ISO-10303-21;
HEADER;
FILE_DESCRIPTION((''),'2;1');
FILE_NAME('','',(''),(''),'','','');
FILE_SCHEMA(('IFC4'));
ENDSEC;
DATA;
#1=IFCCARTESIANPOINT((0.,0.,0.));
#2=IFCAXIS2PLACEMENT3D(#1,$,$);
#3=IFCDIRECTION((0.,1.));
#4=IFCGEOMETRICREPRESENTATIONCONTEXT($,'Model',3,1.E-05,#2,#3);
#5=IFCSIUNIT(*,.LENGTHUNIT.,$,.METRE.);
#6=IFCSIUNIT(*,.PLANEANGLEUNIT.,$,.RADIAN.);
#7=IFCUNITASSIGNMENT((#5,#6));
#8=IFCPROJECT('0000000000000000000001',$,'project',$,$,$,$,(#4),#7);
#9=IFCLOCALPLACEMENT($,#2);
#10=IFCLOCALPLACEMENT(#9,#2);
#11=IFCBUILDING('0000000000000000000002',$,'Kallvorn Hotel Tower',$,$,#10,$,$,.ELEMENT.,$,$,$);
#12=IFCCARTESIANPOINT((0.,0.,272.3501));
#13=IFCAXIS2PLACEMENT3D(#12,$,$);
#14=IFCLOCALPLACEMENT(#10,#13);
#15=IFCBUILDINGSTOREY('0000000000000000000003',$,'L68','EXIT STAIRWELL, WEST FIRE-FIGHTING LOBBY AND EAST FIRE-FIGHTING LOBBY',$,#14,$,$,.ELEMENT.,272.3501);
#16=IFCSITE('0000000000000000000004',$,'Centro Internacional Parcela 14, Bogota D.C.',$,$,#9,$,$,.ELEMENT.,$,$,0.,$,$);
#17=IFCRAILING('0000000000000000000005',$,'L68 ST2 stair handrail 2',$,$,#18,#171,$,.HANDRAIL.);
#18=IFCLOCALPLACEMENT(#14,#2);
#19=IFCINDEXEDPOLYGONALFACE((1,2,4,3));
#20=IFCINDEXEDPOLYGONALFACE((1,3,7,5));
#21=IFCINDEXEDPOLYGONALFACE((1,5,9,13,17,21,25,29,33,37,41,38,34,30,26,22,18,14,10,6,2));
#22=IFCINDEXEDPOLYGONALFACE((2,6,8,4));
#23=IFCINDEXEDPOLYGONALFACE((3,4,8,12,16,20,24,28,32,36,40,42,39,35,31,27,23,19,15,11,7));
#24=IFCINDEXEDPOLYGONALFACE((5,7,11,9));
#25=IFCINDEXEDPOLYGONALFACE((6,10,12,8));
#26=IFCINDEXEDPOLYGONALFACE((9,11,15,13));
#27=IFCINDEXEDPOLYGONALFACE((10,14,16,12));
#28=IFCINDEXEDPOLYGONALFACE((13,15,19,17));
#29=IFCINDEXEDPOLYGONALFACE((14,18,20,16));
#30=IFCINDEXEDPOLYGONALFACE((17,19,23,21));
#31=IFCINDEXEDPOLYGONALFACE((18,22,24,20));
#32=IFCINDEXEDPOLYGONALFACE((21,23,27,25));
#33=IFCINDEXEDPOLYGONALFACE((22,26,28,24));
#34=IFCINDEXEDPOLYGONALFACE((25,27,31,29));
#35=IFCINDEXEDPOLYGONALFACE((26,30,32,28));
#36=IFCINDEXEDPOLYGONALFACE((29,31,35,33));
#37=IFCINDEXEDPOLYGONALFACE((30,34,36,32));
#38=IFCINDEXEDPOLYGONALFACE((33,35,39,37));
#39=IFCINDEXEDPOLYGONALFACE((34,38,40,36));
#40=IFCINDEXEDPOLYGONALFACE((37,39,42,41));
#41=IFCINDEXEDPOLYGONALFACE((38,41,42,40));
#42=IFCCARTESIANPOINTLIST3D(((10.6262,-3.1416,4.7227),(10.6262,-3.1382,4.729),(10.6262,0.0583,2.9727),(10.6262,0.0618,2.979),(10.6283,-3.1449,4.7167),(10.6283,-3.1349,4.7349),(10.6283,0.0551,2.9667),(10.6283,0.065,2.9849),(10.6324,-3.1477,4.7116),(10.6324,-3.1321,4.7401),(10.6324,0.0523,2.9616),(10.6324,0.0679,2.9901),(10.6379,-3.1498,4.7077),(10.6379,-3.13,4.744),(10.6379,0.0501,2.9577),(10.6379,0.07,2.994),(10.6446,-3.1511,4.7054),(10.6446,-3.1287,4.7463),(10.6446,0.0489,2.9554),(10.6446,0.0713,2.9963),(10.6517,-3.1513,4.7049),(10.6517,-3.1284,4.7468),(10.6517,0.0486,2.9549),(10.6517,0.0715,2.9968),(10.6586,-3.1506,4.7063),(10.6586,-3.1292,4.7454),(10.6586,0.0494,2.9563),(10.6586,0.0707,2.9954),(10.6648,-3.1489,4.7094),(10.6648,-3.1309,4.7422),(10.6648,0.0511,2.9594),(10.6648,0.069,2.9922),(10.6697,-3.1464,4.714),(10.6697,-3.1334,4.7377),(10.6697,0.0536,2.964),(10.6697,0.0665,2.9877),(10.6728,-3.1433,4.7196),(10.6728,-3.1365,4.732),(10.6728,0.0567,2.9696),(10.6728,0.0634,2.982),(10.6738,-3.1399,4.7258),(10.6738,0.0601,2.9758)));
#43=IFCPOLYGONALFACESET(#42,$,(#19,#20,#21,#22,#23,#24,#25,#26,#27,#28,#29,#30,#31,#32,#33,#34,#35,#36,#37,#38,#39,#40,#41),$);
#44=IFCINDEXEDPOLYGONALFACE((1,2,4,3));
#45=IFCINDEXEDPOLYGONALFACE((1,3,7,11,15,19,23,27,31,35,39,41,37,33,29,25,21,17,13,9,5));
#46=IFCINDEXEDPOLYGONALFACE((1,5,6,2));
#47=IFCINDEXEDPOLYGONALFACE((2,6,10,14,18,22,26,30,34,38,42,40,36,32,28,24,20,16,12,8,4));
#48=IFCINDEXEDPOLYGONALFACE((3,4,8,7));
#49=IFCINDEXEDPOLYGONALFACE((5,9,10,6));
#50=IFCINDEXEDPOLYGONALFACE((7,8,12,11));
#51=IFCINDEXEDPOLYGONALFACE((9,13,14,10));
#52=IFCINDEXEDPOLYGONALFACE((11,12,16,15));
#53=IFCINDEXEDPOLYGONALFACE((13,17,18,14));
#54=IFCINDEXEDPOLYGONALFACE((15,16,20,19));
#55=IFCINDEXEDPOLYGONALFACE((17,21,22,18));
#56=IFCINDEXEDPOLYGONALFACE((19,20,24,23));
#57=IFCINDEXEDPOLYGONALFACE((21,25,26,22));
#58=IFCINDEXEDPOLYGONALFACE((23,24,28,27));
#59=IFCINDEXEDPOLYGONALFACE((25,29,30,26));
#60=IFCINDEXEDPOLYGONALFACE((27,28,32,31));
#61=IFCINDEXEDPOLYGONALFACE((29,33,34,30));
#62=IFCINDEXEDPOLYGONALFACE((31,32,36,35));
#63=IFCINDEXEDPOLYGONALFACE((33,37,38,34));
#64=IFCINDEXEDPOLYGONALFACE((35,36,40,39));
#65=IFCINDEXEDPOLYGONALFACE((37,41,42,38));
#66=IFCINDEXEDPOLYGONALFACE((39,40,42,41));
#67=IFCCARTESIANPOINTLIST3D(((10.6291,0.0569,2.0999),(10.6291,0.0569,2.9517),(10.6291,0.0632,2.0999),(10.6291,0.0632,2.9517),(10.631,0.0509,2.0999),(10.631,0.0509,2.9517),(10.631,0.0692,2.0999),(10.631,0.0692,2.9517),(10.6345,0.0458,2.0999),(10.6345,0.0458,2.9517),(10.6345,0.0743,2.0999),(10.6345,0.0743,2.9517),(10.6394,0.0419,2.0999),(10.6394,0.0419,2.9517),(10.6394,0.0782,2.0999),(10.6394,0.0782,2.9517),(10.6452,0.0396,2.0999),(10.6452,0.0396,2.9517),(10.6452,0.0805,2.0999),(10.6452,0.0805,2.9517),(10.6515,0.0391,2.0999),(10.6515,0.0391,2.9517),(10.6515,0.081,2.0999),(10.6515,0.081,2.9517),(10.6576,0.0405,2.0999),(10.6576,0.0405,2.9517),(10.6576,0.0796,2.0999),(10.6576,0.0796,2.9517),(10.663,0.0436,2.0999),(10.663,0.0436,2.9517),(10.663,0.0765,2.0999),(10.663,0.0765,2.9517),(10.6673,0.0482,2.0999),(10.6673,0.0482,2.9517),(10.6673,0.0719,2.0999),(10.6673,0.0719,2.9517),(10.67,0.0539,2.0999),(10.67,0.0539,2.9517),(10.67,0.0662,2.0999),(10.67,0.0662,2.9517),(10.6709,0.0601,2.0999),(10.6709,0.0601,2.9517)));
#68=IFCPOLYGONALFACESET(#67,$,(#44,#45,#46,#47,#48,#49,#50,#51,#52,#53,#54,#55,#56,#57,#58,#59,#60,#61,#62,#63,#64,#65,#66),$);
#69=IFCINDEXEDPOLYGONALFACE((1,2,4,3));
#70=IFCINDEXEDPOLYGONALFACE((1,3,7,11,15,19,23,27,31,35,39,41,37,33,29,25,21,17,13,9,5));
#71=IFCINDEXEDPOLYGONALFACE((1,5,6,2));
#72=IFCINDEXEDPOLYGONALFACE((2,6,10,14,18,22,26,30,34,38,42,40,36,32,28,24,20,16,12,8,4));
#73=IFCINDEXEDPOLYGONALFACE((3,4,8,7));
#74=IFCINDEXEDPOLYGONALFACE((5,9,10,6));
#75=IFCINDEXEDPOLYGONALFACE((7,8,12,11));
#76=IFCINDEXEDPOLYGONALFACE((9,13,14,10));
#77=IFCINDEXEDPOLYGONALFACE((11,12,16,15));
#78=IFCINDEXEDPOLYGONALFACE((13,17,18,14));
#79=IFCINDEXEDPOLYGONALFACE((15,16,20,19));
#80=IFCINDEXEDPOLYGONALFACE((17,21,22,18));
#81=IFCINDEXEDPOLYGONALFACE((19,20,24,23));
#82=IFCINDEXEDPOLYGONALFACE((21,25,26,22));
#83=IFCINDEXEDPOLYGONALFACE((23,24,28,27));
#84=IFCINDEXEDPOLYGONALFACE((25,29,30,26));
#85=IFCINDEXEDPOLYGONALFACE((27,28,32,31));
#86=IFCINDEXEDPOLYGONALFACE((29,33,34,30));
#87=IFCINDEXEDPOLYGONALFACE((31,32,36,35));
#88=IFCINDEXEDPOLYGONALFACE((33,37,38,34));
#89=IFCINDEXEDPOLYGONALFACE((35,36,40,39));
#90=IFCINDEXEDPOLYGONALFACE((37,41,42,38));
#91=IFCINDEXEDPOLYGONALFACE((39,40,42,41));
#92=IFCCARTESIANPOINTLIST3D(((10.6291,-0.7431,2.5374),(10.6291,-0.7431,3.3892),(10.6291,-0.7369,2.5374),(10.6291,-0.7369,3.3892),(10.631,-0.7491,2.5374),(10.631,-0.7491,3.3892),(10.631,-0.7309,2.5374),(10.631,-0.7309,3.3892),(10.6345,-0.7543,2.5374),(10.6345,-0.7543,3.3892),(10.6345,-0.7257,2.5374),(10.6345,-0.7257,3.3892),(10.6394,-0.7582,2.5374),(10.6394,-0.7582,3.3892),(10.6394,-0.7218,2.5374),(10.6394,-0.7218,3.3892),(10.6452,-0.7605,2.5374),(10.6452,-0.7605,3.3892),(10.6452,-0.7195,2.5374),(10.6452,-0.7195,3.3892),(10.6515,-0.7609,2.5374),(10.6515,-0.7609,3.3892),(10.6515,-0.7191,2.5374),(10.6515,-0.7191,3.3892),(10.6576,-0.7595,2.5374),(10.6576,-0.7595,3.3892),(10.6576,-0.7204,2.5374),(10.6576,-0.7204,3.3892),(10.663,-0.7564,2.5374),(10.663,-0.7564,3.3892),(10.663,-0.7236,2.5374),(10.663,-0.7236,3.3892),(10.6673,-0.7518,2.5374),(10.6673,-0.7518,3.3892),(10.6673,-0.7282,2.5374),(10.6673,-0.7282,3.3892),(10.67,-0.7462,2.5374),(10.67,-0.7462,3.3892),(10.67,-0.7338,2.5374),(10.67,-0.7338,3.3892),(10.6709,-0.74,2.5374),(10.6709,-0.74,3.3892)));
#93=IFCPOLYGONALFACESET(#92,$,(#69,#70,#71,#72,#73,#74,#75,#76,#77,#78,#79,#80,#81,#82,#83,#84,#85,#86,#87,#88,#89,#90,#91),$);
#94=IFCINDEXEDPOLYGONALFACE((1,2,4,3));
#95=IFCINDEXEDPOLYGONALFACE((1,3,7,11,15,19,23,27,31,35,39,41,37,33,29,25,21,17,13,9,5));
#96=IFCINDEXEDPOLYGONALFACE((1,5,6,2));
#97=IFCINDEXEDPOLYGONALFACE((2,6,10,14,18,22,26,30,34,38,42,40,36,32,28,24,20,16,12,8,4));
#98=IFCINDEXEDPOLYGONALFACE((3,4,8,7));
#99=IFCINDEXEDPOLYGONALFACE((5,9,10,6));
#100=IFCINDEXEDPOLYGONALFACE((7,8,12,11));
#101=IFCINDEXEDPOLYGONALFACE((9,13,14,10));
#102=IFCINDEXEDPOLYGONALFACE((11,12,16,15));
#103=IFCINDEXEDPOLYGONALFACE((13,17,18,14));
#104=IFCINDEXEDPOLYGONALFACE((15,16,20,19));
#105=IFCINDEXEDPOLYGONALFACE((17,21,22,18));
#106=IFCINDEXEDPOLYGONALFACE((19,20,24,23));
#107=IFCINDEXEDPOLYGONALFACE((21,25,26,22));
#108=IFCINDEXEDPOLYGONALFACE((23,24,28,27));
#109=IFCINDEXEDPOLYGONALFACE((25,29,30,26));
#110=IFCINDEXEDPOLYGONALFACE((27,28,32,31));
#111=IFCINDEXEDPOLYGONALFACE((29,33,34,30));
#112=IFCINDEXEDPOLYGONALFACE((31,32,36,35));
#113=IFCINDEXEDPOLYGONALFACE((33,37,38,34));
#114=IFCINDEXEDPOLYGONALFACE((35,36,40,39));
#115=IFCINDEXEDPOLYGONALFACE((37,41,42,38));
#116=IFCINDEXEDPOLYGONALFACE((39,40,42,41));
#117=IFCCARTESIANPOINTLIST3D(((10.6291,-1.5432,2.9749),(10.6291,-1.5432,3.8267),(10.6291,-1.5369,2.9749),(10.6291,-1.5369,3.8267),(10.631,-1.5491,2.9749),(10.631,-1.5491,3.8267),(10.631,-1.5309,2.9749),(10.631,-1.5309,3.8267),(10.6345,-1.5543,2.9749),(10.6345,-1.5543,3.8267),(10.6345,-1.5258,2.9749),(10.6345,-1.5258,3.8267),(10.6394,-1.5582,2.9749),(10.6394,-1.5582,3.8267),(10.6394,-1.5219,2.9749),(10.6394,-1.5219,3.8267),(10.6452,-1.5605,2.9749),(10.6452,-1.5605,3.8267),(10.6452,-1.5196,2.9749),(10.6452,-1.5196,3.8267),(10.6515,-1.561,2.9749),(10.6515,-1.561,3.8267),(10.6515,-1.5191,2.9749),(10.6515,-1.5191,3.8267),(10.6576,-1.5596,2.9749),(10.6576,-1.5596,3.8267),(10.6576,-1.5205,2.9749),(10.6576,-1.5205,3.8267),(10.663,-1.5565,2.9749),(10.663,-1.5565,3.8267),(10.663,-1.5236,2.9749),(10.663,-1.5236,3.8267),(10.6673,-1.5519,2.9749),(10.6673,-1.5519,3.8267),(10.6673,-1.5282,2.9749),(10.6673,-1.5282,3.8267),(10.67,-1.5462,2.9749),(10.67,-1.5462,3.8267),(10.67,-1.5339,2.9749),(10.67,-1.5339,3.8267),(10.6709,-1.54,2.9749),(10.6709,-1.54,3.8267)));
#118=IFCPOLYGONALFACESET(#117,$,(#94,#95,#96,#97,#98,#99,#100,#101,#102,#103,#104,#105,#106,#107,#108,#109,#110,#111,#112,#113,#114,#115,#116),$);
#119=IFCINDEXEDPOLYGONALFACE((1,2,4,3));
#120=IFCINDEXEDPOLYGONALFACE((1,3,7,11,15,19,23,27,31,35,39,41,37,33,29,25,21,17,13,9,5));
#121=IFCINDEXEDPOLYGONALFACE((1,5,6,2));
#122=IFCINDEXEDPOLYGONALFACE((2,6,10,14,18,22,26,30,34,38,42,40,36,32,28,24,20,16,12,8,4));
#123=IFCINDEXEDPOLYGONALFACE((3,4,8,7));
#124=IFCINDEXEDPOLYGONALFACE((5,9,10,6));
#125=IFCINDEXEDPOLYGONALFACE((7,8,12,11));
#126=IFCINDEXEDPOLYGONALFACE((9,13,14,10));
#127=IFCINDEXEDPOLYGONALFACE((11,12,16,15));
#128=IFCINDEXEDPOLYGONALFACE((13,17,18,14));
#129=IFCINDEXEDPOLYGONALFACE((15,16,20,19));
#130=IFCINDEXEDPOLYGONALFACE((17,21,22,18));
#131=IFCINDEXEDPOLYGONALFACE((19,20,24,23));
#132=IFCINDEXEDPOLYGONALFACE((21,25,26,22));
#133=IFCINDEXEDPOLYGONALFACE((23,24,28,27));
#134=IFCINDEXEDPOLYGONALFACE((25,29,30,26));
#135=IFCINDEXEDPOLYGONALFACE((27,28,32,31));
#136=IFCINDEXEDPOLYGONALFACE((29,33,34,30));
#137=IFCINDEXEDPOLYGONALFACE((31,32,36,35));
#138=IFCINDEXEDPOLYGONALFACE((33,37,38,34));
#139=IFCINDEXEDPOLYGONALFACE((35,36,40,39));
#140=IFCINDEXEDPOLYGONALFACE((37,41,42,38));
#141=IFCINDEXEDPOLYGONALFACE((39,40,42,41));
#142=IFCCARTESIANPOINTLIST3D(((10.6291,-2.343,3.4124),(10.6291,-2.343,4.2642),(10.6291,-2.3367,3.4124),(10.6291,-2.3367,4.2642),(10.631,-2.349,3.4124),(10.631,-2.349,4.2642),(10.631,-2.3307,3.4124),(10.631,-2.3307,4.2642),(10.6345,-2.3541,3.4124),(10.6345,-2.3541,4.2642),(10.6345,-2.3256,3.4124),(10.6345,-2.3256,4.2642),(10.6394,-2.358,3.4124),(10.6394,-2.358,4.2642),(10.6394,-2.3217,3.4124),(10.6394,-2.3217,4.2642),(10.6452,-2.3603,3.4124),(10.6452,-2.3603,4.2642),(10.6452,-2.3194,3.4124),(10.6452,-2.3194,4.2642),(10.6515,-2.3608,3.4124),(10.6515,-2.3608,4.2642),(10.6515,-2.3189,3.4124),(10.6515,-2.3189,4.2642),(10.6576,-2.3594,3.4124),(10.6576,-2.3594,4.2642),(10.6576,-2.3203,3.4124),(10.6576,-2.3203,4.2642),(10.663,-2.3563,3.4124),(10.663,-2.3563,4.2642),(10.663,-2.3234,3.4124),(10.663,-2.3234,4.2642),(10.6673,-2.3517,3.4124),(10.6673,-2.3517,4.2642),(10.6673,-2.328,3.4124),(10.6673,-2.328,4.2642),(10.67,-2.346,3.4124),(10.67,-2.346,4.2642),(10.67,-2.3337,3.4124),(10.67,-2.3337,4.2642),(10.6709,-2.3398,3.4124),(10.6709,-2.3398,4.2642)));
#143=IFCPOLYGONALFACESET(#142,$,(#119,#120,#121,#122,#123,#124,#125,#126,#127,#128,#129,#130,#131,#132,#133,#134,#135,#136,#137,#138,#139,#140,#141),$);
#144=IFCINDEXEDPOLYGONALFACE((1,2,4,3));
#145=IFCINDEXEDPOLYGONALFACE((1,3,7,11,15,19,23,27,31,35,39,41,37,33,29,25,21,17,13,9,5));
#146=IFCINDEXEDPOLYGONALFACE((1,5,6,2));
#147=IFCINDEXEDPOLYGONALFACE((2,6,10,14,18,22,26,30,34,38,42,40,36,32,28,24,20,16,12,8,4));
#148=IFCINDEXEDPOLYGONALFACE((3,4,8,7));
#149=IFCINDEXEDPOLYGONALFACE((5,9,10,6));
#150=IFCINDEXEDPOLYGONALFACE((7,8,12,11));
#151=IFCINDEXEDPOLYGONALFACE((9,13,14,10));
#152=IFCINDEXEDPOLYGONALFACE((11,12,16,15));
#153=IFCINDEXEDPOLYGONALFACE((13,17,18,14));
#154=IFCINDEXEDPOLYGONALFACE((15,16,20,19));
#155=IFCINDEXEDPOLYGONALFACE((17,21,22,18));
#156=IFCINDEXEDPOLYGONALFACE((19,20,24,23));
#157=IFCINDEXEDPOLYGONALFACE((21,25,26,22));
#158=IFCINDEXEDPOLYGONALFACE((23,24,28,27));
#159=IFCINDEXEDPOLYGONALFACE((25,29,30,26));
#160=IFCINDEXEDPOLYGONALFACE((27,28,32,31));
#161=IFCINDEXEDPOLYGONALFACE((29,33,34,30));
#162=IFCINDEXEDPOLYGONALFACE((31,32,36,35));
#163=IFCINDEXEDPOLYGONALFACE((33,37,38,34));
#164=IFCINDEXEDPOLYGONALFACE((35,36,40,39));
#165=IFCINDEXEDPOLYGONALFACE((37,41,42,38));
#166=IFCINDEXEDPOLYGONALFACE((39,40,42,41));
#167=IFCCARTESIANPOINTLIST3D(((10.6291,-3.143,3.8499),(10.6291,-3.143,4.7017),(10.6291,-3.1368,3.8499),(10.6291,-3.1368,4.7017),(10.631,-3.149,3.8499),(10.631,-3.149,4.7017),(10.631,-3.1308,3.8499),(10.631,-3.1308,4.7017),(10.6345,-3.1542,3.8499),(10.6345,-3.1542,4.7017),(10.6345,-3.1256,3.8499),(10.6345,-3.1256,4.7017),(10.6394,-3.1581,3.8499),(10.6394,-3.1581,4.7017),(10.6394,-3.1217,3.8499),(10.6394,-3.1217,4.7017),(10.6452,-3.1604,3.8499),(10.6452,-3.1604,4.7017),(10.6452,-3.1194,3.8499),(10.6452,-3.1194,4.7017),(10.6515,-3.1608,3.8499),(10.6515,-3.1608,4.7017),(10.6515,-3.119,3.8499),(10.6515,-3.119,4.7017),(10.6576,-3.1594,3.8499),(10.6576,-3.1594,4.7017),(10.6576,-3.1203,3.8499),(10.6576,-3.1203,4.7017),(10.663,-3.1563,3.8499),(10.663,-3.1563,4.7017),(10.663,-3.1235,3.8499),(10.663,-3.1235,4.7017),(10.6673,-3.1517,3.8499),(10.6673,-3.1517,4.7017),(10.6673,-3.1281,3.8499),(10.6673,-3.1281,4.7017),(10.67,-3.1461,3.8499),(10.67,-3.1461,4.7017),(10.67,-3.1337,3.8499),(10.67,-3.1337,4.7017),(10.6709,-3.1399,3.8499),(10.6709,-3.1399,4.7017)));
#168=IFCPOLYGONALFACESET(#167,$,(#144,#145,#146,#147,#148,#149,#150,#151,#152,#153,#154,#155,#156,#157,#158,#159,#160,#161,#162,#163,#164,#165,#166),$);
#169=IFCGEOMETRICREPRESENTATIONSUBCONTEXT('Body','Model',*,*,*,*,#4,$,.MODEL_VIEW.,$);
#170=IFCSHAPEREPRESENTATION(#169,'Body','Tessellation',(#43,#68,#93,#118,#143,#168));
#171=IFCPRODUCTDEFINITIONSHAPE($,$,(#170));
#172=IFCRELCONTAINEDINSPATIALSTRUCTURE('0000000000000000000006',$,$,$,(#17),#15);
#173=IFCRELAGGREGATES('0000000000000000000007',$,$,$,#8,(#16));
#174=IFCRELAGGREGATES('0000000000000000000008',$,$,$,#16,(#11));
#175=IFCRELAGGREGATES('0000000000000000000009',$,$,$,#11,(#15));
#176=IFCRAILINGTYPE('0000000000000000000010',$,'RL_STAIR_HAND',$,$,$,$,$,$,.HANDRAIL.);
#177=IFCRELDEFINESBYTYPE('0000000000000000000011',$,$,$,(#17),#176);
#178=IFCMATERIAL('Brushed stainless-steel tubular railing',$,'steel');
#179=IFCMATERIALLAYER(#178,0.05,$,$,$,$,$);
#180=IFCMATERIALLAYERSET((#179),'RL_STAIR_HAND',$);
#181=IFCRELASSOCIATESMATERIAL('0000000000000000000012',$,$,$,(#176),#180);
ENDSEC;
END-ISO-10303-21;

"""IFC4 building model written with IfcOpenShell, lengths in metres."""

from ifc_helpers import new_model, si_unit, direction, frame, origin, origin_2d, place, context, subcontext, project, spatial, circle, extrude, material, layer, layer_set, type_object, element, save


model = new_model("IFC4")

# Units and contexts
model_context = context("Model", 3, precision=1e-05, world=origin(), true_north=direction((0.0, 1.0)))
body_context = subcontext(model_context, "Body", "Model", "MODEL_VIEW")
ifc_project = project(units=[si_unit("LENGTHUNIT", "METRE"), si_unit("PLANEANGLEUNIT", "RADIAN")], contexts=[model_context])

# Site, building, storey
site_placement = place(None, origin())
site = spatial("IfcSite", under=ifc_project, at=site_placement, Name="Centro Internacional Parcela 14, Bogota D.C.", CompositionType="ELEMENT", RefElevation=0.0)
building_placement = place(site_placement, origin())
building = spatial("IfcBuilding", under=site, at=building_placement, Name="Kallvorn Hotel Tower", CompositionType="ELEMENT")
storey_placement = place(building_placement, frame((0.0, 0.0, 272.3501)))
storey = spatial("IfcBuildingStorey", under=building, at=storey_placement, Name="L68", Description="EXIT STAIRWELL, WEST FIRE-FIGHTING LOBBY AND EAST FIRE-FIGHTING LOBBY", CompositionType="ELEMENT", Elevation=272.3501)

# Railing
ifc_material_1 = material(Name="Brushed stainless-steel tubular railing", Category="steel")
ifc_layer_1 = layer(ifc_material_1, 0.05)
ifc_layer_set_1 = layer_set([ifc_layer_1], Name="RL_STAIR_HAND")
railing_type_1 = type_object("IfcRailingType", Name="RL_STAIR_HAND", PredefinedType="HANDRAIL", material=ifc_layer_set_1)
railing_1_placement = place(storey_placement, frame((10.6499, 0.0601, 2.0999)))
element("IfcRailing", 1, at=railing_1_placement, inside=storey, type_object=railing_type_1, Name="L68 ST2 stair handrail 2", PredefinedType="HANDRAIL", context=body_context, shape_type="SweptSolid", body=[
    extrude(circle(Radius=0.0239, at=origin_2d()), frame((0.0, 0.0, 0.876), z_axis=(0.0, -0.877368, 0.479818), x_axis=(1.0, 0.0, 0.0)), (0.0, 0.0, 1.0), 3.6472),
    extrude(circle(Radius=0.021, at=origin_2d()), origin(), (0.0, 0.0, 1.0), 0.8518),
    extrude(circle(Radius=0.021, at=origin_2d()), frame((0.0, -0.8, 0.4375)), (0.0, 0.0, 1.0), 0.8518),
    extrude(circle(Radius=0.021, at=origin_2d()), frame((0.0, -1.6001, 0.875)), (0.0, 0.0, 1.0), 0.8518),
    extrude(circle(Radius=0.021, at=origin_2d()), frame((0.0, -2.3999, 1.3125)), (0.0, 0.0, 1.0), 0.8518),
    extrude(circle(Radius=0.021, at=origin_2d()), frame((0.0, -3.2, 1.75)), (0.0, 0.0, 1.0), 0.8518),
])

save(model, "model.ifc")
